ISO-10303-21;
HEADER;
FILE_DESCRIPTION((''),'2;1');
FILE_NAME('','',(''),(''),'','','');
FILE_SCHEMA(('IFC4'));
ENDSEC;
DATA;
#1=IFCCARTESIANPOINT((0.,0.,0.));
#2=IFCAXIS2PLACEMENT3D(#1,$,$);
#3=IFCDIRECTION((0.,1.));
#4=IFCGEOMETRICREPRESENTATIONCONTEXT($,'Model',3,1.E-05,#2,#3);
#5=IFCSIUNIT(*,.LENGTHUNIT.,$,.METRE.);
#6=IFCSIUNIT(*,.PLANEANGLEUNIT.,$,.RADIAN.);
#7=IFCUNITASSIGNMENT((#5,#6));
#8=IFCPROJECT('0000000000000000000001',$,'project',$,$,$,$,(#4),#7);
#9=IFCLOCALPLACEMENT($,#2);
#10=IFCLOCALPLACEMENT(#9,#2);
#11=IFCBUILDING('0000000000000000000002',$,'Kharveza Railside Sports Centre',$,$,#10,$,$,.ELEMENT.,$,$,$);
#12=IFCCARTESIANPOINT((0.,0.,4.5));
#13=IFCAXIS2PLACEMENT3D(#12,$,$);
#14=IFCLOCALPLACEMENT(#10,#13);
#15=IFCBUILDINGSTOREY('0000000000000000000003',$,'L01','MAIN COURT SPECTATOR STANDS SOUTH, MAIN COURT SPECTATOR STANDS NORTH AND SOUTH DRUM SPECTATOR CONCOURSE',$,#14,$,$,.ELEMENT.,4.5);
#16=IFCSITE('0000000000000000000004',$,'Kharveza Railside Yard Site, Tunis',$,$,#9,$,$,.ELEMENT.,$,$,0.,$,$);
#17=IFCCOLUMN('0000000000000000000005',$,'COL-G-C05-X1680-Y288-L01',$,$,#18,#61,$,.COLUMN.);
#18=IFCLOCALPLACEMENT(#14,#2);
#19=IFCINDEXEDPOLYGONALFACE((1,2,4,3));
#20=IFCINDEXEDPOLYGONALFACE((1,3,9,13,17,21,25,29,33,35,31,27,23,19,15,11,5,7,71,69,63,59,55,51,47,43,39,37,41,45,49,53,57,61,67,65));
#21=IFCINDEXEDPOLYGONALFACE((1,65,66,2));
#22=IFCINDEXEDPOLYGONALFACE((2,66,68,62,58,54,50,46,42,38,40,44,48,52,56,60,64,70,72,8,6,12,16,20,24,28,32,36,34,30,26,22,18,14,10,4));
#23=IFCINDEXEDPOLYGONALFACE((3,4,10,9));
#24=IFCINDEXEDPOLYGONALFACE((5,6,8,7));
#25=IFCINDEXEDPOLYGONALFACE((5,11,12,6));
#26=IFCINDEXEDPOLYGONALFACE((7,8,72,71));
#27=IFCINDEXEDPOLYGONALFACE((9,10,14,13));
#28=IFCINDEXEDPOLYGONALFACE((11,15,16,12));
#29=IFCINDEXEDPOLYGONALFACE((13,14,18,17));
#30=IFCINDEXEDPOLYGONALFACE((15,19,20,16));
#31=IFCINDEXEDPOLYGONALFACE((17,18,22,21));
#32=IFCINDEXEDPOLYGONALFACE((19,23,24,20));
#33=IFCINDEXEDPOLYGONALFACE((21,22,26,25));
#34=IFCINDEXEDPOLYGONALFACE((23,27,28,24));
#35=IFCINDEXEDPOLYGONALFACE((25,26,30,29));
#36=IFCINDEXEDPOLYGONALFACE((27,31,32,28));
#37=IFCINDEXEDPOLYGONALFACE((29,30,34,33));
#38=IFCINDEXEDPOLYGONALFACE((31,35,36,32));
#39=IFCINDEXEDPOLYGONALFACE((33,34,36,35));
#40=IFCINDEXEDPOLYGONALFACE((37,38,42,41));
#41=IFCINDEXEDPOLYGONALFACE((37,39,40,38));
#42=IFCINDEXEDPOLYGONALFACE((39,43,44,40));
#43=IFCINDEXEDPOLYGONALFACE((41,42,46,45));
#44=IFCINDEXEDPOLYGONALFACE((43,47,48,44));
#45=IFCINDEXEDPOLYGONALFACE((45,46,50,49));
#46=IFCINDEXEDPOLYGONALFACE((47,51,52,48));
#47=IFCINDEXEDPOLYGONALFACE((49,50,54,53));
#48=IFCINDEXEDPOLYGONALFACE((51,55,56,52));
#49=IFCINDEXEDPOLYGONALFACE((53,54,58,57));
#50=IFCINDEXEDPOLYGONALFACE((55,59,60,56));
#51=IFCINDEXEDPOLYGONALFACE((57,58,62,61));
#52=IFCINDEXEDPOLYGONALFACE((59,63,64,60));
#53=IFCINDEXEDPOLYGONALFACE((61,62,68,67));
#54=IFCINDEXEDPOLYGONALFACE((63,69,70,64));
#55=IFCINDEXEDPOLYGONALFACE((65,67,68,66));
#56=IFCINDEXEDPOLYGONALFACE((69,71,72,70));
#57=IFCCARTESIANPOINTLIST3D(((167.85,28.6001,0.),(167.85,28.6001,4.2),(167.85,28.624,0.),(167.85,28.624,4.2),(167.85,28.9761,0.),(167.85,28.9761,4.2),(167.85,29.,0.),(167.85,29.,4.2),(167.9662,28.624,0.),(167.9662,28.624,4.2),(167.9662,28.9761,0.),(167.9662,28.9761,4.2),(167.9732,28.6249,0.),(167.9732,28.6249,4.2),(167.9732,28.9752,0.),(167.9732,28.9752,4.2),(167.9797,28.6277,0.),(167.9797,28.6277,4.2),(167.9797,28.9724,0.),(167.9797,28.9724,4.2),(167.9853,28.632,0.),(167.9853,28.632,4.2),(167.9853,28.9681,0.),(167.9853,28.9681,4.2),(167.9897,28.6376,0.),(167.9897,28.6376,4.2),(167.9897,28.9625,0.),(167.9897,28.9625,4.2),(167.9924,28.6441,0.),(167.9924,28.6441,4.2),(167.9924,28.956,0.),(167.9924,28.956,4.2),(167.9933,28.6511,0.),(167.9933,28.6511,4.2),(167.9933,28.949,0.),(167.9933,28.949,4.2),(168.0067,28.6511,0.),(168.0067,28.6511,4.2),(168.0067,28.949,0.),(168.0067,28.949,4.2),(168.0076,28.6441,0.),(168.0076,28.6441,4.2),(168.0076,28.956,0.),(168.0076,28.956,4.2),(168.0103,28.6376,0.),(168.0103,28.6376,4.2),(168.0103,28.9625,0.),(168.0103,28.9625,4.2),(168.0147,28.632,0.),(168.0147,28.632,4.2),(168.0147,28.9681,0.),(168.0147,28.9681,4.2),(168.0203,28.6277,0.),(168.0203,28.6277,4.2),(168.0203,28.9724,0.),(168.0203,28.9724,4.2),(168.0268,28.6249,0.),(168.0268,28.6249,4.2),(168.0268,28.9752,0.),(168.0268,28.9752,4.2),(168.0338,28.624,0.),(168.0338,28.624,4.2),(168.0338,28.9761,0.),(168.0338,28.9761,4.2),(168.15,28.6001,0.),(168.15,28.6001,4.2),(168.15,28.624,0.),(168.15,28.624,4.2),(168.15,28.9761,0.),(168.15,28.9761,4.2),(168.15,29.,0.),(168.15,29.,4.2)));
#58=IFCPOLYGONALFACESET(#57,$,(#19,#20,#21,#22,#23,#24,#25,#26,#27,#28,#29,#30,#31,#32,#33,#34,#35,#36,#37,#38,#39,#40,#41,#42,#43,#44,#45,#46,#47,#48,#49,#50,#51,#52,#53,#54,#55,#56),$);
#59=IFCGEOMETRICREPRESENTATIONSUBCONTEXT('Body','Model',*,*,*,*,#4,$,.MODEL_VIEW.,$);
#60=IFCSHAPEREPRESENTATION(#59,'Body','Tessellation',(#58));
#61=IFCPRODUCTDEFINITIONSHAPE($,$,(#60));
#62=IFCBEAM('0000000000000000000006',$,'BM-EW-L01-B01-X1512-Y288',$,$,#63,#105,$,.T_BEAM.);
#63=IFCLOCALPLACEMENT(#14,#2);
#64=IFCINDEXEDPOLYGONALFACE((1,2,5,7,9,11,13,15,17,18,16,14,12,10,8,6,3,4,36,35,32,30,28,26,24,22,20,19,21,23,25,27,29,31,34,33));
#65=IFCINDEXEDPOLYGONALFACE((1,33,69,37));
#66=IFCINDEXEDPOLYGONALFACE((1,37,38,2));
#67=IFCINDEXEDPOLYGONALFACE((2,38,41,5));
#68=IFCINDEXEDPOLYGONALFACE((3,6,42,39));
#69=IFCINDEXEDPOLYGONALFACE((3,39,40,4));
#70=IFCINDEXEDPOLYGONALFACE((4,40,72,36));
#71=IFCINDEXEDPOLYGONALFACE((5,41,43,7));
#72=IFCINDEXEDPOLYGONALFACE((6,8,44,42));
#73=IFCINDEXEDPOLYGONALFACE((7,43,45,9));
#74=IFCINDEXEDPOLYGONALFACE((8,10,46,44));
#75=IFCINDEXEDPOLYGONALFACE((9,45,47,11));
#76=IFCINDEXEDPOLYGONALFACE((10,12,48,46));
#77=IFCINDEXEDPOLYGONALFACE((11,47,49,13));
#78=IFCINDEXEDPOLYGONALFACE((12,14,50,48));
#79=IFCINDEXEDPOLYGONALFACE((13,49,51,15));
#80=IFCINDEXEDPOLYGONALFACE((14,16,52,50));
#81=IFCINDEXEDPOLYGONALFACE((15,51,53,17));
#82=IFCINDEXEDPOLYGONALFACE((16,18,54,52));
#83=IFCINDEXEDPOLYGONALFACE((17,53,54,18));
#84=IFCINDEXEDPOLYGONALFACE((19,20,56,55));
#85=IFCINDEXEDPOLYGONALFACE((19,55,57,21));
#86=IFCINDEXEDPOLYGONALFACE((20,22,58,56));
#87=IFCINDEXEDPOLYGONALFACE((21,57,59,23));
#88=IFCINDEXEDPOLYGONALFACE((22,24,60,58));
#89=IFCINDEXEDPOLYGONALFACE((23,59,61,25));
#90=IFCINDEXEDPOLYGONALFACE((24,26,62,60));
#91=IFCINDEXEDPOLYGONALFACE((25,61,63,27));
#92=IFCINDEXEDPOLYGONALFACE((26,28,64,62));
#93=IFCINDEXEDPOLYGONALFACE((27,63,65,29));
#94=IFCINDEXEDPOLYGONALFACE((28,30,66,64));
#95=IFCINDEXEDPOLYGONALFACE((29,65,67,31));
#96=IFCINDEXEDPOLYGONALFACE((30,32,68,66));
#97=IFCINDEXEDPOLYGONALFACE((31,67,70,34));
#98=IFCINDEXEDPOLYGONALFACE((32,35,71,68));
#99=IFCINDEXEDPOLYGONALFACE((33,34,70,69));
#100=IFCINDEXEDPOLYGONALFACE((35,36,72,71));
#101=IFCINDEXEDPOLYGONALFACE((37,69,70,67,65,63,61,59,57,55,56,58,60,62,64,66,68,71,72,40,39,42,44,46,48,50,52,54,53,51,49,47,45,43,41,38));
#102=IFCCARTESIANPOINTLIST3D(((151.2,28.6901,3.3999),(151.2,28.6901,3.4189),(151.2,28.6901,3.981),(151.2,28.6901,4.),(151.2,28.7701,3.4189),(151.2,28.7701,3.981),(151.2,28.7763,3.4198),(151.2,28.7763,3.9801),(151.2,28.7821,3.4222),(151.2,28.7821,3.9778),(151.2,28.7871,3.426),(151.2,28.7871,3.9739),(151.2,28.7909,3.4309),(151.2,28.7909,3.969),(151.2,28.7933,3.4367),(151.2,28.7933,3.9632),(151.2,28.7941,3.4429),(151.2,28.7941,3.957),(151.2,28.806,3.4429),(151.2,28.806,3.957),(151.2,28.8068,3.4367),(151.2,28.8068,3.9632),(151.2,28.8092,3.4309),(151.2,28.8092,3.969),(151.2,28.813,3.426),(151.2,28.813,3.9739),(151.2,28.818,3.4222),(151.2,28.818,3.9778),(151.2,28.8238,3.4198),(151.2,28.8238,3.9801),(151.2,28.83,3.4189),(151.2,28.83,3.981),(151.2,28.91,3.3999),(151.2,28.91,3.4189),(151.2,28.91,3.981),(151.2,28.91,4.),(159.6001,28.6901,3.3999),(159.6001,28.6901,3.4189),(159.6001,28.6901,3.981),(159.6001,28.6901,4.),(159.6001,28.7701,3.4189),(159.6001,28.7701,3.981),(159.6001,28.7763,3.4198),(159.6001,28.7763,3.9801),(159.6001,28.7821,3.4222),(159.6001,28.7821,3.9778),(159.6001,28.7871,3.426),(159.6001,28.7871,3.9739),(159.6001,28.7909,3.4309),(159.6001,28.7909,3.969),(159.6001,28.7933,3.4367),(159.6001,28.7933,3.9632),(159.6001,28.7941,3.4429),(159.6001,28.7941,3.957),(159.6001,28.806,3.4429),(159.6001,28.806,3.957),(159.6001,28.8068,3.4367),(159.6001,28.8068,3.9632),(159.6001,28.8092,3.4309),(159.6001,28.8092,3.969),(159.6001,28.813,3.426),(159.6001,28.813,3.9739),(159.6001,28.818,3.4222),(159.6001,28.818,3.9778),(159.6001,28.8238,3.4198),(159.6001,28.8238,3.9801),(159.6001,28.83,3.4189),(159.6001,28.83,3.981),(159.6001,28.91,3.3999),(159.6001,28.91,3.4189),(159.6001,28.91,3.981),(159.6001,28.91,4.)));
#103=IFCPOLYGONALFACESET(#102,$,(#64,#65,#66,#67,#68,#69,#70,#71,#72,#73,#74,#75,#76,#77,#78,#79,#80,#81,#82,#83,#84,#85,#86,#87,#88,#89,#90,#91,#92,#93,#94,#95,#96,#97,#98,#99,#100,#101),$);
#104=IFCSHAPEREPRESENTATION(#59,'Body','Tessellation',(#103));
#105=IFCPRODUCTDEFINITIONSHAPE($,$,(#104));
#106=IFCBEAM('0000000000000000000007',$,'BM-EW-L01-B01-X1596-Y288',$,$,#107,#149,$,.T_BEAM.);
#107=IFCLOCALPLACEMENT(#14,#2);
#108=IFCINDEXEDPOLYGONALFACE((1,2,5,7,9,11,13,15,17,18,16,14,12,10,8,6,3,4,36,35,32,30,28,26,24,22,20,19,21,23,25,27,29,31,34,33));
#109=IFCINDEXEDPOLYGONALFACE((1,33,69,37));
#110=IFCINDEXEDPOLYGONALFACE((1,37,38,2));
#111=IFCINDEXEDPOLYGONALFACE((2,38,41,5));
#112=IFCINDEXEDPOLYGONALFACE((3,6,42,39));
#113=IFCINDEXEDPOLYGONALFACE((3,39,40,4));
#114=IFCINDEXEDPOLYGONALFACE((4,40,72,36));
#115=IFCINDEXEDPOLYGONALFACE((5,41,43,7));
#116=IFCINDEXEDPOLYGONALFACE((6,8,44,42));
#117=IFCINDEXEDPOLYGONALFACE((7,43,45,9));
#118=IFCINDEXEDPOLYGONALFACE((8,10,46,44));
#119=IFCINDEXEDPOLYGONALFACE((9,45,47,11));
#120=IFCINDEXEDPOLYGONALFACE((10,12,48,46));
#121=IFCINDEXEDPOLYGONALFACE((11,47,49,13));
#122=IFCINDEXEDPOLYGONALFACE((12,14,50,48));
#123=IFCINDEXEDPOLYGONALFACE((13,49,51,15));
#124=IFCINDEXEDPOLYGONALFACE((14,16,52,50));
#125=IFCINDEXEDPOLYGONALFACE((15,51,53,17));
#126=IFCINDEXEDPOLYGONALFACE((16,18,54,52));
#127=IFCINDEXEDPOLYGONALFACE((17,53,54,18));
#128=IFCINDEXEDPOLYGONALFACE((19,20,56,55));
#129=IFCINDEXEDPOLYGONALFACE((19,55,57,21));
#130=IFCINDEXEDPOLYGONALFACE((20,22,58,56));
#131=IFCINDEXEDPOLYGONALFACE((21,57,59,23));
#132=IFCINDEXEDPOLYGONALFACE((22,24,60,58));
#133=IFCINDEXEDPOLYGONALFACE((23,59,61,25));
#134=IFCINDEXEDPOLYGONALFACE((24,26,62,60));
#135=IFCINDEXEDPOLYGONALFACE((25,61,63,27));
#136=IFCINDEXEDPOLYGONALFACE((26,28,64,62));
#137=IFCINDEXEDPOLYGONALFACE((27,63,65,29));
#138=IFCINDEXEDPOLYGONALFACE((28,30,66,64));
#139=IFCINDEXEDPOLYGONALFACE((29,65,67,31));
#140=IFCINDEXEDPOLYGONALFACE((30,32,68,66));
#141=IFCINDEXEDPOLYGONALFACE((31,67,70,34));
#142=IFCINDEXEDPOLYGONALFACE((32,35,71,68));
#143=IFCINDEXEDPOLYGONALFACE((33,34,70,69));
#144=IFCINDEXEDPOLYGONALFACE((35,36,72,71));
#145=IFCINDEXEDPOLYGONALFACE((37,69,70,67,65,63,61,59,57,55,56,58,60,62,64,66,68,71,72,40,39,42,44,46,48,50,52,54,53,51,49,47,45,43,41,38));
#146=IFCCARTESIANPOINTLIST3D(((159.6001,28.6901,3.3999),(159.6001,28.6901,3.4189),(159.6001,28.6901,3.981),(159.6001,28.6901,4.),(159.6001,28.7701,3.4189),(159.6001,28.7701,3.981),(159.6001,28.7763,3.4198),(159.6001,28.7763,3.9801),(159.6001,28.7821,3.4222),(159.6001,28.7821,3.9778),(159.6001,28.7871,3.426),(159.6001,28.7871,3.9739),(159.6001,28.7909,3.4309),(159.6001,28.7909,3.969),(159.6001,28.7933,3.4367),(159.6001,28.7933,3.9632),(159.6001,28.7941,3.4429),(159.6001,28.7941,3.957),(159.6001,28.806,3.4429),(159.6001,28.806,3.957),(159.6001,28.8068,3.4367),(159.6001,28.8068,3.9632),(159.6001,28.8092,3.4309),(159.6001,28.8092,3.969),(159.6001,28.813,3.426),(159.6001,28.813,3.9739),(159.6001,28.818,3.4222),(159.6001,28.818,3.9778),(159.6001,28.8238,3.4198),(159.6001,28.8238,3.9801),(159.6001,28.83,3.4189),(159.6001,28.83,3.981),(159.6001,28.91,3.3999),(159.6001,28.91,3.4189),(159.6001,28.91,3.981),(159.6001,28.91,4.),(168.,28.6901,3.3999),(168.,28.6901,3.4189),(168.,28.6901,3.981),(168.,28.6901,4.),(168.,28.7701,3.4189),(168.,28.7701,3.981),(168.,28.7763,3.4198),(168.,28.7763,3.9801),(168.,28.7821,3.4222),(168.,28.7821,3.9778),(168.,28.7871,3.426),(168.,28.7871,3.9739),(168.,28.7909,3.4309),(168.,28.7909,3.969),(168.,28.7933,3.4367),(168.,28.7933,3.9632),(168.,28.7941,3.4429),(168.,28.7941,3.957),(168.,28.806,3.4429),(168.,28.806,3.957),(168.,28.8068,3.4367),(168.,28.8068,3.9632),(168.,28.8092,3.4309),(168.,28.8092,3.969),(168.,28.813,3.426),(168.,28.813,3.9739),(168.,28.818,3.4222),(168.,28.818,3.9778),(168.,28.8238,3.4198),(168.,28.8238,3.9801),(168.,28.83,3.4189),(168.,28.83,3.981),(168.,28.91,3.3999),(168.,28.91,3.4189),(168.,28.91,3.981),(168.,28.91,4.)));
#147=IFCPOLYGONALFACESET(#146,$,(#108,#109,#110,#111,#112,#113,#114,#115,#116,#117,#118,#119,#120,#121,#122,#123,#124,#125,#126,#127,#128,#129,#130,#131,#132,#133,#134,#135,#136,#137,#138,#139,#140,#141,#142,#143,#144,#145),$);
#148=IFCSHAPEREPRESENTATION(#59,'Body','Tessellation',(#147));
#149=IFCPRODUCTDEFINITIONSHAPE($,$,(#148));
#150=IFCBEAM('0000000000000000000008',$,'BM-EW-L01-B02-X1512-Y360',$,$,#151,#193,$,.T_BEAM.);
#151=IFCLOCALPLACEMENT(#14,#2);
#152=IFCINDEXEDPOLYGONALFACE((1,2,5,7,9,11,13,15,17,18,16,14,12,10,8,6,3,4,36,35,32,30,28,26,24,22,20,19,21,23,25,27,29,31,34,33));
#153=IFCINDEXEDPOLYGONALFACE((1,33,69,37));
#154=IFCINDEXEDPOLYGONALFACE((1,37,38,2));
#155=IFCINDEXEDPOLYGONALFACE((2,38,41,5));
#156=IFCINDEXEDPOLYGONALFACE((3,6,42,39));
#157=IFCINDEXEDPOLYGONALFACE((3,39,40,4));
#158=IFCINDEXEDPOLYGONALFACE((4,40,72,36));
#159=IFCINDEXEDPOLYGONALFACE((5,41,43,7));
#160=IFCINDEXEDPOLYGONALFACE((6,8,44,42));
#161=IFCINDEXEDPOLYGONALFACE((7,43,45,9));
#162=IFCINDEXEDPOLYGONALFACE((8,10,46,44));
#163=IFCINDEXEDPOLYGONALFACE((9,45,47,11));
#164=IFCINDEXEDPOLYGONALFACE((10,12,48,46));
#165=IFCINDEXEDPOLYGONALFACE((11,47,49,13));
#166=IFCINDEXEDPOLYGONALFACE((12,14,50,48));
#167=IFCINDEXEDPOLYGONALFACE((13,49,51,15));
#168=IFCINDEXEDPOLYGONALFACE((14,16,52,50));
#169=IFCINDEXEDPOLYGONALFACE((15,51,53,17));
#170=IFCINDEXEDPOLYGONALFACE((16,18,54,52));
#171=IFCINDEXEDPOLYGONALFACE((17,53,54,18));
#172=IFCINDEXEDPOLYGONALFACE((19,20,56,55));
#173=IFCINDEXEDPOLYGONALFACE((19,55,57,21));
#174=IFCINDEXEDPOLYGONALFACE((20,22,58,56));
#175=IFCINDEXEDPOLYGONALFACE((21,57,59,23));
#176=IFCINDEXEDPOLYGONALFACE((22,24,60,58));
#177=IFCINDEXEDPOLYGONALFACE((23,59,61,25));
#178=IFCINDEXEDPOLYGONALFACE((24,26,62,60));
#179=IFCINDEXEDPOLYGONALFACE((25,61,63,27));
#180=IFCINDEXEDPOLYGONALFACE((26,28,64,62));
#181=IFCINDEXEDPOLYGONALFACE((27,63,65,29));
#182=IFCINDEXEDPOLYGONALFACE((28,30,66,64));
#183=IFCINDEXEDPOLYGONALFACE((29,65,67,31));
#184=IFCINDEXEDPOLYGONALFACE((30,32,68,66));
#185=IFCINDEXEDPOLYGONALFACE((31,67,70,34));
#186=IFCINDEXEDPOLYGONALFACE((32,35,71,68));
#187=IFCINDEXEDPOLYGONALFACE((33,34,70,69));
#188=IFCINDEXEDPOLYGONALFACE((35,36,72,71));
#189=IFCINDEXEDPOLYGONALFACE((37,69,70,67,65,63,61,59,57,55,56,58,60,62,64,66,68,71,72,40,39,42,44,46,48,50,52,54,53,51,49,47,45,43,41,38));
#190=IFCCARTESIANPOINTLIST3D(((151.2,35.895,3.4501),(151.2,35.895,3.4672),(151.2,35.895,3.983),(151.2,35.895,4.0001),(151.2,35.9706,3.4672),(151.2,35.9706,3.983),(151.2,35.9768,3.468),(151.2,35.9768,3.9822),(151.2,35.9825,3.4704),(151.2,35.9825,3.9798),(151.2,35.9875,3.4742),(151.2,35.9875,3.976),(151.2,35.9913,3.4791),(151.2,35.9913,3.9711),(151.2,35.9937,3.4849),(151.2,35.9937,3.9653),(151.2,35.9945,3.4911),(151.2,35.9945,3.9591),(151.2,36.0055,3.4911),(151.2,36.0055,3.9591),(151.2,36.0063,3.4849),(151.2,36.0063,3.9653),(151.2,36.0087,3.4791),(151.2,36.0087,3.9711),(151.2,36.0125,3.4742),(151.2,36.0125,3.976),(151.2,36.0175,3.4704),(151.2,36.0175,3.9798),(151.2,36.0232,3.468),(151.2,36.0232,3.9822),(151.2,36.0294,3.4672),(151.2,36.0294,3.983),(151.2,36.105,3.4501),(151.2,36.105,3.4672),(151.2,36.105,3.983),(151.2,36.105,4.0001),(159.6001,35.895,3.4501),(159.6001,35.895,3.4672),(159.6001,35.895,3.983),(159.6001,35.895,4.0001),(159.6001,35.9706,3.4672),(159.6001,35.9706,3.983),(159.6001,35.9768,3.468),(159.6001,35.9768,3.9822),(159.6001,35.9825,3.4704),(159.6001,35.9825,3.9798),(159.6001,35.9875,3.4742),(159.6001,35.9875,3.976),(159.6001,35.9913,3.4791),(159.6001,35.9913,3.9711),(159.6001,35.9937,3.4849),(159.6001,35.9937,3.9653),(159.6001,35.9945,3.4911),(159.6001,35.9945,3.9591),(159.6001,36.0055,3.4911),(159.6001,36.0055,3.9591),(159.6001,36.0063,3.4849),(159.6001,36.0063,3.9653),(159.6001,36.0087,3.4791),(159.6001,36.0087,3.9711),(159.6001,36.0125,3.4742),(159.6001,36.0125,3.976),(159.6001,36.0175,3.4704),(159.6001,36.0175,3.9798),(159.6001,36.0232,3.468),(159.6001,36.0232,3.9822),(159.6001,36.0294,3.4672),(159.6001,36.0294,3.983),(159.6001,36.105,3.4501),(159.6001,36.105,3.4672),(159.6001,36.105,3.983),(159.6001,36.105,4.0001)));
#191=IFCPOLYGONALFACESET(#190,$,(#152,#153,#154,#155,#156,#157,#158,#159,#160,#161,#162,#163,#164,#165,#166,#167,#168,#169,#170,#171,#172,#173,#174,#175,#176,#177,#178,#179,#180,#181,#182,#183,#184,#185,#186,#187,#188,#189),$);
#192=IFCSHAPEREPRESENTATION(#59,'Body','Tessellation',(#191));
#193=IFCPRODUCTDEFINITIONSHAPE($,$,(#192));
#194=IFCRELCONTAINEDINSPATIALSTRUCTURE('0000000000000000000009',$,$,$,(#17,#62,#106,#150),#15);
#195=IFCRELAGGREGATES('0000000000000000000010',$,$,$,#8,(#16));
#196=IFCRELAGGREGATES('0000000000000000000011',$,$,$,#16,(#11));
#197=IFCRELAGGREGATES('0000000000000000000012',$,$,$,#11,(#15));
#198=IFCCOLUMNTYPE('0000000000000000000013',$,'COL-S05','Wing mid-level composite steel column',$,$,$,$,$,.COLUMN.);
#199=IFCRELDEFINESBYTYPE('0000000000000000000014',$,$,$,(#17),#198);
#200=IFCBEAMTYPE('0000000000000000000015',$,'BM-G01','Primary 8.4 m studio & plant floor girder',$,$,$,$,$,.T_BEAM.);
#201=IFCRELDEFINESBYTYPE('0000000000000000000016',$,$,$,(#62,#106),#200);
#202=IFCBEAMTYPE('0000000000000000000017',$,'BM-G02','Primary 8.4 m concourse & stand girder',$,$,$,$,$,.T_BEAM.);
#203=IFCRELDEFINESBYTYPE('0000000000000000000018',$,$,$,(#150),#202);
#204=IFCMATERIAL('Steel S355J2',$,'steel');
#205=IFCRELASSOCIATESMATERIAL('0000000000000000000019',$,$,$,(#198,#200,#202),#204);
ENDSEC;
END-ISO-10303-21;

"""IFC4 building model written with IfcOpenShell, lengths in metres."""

from ifc_helpers import new_model, si_unit, direction, frame, origin, origin_2d, place, context, subcontext, project, spatial, i_section, extrude, material, material_profile, profile_set, type_object, element, save


model = new_model("IFC4")

# Units and contexts
model_context = context("Model", 3, precision=1e-05, world=origin(), true_north=direction((0.0, 1.0)))
body_context = subcontext(model_context, "Body", "Model", "MODEL_VIEW")
ifc_project = project(units=[si_unit("LENGTHUNIT", "METRE"), si_unit("PLANEANGLEUNIT", "RADIAN")], contexts=[model_context])

# Site, building, storey
site_placement = place(None, origin())
site = spatial("IfcSite", under=ifc_project, at=site_placement, Name="Kharveza Railside Yard Site, Tunis", CompositionType="ELEMENT", RefElevation=0.0)
building_placement = place(site_placement, origin())
building = spatial("IfcBuilding", under=site, at=building_placement, Name="Kharveza Railside Sports Centre", CompositionType="ELEMENT")
storey_placement = place(building_placement, frame((0.0, 0.0, 4.5)))
storey = spatial("IfcBuildingStorey", under=building, at=storey_placement, Name="L01", Description="MAIN COURT SPECTATOR STANDS SOUTH, MAIN COURT SPECTATOR STANDS NORTH AND SOUTH DRUM SPECTATOR CONCOURSE", CompositionType="ELEMENT", Elevation=4.5)

# Column
ifc_material_1 = material(Name="Steel S355J2", Category="steel")
ifc_material_profile_1 = material_profile(ifc_material_1, i_section(OverallWidth=0.3, OverallDepth=0.3999, WebThickness=0.0134, FlangeThickness=0.0239, FilletRadius=0.0271, at=origin_2d()), Name="HEB 400")
ifc_profile_set_1 = profile_set([ifc_material_profile_1], Name="Steel S355J2")
column_type = type_object("IfcColumnType", Name="COL-S05", Description="Wing mid-level composite steel column", PredefinedType="COLUMN", material=ifc_profile_set_1)
for number, where, z_axis, x_axis, name in (
    (1, (168.0, 28.8, 0.0), (0.0, 0.0, 1.0), (1.0, 0.0, 0.0), "COL-G-C05-X1680-Y288-L01"),
):
    element("IfcColumn", number, at=place(storey_placement, frame(where, z_axis=z_axis, x_axis=x_axis)), inside=storey, type_object=column_type, Name=name, PredefinedType="COLUMN", context=body_context, shape_type="SweptSolid", body=[
        extrude(i_section(OverallWidth=0.3, OverallDepth=0.3999, WebThickness=0.0134, FlangeThickness=0.0239, FilletRadius=0.0271, at=origin_2d()), origin(), (0.0, 0.0, 1.0), 4.2),
    ])

# Beams
ifc_material_profile_2 = material_profile(ifc_material_1, i_section(OverallWidth=0.22, OverallDepth=0.6001, WebThickness=0.012, FlangeThickness=0.019, FilletRadius=0.0239, at=origin_2d()), Name="IPE 600")
ifc_profile_set_2 = profile_set([ifc_material_profile_2], Name="Steel S355J2")
beam_type_1 = type_object("IfcBeamType", Name="BM-G01", Description="Primary 8.4 m studio & plant floor girder", PredefinedType="T_BEAM", material=ifc_profile_set_2)
beam_1_placement = place(storey_placement, frame((151.2, 28.8, 3.7), z_axis=(1.0, 0.0, 0.0), x_axis=(0.0, 1.0, 0.0)))
element("IfcBeam", 2, at=beam_1_placement, inside=storey, type_object=beam_type_1, Name="BM-EW-L01-B01-X1512-Y288", PredefinedType="T_BEAM", context=body_context, shape_type="SweptSolid", body=[
    extrude(i_section(OverallWidth=0.22, OverallDepth=0.6001, WebThickness=0.012, FlangeThickness=0.019, FilletRadius=0.0239, at=origin_2d()), origin(), (0.0, 0.0, 1.0), 8.4001),
])
beam_2_placement = place(storey_placement, frame((159.6001, 28.8, 3.7), z_axis=(1.0, 0.0, 0.0), x_axis=(0.0, 1.0, 0.0)))
element("IfcBeam", 3, at=beam_2_placement, inside=storey, type_object=beam_type_1, Name="BM-EW-L01-B01-X1596-Y288", PredefinedType="T_BEAM", context=body_context, shape_type="SweptSolid", body=[
    extrude(i_section(OverallWidth=0.22, OverallDepth=0.6001, WebThickness=0.012, FlangeThickness=0.019, FilletRadius=0.0239, at=origin_2d()), origin(), (0.0, 0.0, 1.0), 8.3999),
])
ifc_material_profile_3 = material_profile(ifc_material_1, i_section(OverallWidth=0.21, OverallDepth=0.55, WebThickness=0.011, FlangeThickness=0.0171, FilletRadius=0.0239, at=origin_2d()), Name="IPE 550")
ifc_profile_set_3 = profile_set([ifc_material_profile_3], Name="Steel S355J2")
beam_type_2 = type_object("IfcBeamType", Name="BM-G02", Description="Primary 8.4 m concourse & stand girder", PredefinedType="T_BEAM", material=ifc_profile_set_3)
beam_3_placement = place(storey_placement, frame((151.2, 36.0, 3.7251), z_axis=(1.0, 0.0, 0.0), x_axis=(0.0, 1.0, 0.0)))
element("IfcBeam", 4, at=beam_3_placement, inside=storey, type_object=beam_type_2, Name="BM-EW-L01-B02-X1512-Y360", PredefinedType="T_BEAM", context=body_context, shape_type="SweptSolid", body=[
    extrude(i_section(OverallWidth=0.21, OverallDepth=0.55, WebThickness=0.011, FlangeThickness=0.0171, FilletRadius=0.0239, at=origin_2d()), origin(), (0.0, 0.0, 1.0), 8.4001),
])

save(model, "model.ifc")
